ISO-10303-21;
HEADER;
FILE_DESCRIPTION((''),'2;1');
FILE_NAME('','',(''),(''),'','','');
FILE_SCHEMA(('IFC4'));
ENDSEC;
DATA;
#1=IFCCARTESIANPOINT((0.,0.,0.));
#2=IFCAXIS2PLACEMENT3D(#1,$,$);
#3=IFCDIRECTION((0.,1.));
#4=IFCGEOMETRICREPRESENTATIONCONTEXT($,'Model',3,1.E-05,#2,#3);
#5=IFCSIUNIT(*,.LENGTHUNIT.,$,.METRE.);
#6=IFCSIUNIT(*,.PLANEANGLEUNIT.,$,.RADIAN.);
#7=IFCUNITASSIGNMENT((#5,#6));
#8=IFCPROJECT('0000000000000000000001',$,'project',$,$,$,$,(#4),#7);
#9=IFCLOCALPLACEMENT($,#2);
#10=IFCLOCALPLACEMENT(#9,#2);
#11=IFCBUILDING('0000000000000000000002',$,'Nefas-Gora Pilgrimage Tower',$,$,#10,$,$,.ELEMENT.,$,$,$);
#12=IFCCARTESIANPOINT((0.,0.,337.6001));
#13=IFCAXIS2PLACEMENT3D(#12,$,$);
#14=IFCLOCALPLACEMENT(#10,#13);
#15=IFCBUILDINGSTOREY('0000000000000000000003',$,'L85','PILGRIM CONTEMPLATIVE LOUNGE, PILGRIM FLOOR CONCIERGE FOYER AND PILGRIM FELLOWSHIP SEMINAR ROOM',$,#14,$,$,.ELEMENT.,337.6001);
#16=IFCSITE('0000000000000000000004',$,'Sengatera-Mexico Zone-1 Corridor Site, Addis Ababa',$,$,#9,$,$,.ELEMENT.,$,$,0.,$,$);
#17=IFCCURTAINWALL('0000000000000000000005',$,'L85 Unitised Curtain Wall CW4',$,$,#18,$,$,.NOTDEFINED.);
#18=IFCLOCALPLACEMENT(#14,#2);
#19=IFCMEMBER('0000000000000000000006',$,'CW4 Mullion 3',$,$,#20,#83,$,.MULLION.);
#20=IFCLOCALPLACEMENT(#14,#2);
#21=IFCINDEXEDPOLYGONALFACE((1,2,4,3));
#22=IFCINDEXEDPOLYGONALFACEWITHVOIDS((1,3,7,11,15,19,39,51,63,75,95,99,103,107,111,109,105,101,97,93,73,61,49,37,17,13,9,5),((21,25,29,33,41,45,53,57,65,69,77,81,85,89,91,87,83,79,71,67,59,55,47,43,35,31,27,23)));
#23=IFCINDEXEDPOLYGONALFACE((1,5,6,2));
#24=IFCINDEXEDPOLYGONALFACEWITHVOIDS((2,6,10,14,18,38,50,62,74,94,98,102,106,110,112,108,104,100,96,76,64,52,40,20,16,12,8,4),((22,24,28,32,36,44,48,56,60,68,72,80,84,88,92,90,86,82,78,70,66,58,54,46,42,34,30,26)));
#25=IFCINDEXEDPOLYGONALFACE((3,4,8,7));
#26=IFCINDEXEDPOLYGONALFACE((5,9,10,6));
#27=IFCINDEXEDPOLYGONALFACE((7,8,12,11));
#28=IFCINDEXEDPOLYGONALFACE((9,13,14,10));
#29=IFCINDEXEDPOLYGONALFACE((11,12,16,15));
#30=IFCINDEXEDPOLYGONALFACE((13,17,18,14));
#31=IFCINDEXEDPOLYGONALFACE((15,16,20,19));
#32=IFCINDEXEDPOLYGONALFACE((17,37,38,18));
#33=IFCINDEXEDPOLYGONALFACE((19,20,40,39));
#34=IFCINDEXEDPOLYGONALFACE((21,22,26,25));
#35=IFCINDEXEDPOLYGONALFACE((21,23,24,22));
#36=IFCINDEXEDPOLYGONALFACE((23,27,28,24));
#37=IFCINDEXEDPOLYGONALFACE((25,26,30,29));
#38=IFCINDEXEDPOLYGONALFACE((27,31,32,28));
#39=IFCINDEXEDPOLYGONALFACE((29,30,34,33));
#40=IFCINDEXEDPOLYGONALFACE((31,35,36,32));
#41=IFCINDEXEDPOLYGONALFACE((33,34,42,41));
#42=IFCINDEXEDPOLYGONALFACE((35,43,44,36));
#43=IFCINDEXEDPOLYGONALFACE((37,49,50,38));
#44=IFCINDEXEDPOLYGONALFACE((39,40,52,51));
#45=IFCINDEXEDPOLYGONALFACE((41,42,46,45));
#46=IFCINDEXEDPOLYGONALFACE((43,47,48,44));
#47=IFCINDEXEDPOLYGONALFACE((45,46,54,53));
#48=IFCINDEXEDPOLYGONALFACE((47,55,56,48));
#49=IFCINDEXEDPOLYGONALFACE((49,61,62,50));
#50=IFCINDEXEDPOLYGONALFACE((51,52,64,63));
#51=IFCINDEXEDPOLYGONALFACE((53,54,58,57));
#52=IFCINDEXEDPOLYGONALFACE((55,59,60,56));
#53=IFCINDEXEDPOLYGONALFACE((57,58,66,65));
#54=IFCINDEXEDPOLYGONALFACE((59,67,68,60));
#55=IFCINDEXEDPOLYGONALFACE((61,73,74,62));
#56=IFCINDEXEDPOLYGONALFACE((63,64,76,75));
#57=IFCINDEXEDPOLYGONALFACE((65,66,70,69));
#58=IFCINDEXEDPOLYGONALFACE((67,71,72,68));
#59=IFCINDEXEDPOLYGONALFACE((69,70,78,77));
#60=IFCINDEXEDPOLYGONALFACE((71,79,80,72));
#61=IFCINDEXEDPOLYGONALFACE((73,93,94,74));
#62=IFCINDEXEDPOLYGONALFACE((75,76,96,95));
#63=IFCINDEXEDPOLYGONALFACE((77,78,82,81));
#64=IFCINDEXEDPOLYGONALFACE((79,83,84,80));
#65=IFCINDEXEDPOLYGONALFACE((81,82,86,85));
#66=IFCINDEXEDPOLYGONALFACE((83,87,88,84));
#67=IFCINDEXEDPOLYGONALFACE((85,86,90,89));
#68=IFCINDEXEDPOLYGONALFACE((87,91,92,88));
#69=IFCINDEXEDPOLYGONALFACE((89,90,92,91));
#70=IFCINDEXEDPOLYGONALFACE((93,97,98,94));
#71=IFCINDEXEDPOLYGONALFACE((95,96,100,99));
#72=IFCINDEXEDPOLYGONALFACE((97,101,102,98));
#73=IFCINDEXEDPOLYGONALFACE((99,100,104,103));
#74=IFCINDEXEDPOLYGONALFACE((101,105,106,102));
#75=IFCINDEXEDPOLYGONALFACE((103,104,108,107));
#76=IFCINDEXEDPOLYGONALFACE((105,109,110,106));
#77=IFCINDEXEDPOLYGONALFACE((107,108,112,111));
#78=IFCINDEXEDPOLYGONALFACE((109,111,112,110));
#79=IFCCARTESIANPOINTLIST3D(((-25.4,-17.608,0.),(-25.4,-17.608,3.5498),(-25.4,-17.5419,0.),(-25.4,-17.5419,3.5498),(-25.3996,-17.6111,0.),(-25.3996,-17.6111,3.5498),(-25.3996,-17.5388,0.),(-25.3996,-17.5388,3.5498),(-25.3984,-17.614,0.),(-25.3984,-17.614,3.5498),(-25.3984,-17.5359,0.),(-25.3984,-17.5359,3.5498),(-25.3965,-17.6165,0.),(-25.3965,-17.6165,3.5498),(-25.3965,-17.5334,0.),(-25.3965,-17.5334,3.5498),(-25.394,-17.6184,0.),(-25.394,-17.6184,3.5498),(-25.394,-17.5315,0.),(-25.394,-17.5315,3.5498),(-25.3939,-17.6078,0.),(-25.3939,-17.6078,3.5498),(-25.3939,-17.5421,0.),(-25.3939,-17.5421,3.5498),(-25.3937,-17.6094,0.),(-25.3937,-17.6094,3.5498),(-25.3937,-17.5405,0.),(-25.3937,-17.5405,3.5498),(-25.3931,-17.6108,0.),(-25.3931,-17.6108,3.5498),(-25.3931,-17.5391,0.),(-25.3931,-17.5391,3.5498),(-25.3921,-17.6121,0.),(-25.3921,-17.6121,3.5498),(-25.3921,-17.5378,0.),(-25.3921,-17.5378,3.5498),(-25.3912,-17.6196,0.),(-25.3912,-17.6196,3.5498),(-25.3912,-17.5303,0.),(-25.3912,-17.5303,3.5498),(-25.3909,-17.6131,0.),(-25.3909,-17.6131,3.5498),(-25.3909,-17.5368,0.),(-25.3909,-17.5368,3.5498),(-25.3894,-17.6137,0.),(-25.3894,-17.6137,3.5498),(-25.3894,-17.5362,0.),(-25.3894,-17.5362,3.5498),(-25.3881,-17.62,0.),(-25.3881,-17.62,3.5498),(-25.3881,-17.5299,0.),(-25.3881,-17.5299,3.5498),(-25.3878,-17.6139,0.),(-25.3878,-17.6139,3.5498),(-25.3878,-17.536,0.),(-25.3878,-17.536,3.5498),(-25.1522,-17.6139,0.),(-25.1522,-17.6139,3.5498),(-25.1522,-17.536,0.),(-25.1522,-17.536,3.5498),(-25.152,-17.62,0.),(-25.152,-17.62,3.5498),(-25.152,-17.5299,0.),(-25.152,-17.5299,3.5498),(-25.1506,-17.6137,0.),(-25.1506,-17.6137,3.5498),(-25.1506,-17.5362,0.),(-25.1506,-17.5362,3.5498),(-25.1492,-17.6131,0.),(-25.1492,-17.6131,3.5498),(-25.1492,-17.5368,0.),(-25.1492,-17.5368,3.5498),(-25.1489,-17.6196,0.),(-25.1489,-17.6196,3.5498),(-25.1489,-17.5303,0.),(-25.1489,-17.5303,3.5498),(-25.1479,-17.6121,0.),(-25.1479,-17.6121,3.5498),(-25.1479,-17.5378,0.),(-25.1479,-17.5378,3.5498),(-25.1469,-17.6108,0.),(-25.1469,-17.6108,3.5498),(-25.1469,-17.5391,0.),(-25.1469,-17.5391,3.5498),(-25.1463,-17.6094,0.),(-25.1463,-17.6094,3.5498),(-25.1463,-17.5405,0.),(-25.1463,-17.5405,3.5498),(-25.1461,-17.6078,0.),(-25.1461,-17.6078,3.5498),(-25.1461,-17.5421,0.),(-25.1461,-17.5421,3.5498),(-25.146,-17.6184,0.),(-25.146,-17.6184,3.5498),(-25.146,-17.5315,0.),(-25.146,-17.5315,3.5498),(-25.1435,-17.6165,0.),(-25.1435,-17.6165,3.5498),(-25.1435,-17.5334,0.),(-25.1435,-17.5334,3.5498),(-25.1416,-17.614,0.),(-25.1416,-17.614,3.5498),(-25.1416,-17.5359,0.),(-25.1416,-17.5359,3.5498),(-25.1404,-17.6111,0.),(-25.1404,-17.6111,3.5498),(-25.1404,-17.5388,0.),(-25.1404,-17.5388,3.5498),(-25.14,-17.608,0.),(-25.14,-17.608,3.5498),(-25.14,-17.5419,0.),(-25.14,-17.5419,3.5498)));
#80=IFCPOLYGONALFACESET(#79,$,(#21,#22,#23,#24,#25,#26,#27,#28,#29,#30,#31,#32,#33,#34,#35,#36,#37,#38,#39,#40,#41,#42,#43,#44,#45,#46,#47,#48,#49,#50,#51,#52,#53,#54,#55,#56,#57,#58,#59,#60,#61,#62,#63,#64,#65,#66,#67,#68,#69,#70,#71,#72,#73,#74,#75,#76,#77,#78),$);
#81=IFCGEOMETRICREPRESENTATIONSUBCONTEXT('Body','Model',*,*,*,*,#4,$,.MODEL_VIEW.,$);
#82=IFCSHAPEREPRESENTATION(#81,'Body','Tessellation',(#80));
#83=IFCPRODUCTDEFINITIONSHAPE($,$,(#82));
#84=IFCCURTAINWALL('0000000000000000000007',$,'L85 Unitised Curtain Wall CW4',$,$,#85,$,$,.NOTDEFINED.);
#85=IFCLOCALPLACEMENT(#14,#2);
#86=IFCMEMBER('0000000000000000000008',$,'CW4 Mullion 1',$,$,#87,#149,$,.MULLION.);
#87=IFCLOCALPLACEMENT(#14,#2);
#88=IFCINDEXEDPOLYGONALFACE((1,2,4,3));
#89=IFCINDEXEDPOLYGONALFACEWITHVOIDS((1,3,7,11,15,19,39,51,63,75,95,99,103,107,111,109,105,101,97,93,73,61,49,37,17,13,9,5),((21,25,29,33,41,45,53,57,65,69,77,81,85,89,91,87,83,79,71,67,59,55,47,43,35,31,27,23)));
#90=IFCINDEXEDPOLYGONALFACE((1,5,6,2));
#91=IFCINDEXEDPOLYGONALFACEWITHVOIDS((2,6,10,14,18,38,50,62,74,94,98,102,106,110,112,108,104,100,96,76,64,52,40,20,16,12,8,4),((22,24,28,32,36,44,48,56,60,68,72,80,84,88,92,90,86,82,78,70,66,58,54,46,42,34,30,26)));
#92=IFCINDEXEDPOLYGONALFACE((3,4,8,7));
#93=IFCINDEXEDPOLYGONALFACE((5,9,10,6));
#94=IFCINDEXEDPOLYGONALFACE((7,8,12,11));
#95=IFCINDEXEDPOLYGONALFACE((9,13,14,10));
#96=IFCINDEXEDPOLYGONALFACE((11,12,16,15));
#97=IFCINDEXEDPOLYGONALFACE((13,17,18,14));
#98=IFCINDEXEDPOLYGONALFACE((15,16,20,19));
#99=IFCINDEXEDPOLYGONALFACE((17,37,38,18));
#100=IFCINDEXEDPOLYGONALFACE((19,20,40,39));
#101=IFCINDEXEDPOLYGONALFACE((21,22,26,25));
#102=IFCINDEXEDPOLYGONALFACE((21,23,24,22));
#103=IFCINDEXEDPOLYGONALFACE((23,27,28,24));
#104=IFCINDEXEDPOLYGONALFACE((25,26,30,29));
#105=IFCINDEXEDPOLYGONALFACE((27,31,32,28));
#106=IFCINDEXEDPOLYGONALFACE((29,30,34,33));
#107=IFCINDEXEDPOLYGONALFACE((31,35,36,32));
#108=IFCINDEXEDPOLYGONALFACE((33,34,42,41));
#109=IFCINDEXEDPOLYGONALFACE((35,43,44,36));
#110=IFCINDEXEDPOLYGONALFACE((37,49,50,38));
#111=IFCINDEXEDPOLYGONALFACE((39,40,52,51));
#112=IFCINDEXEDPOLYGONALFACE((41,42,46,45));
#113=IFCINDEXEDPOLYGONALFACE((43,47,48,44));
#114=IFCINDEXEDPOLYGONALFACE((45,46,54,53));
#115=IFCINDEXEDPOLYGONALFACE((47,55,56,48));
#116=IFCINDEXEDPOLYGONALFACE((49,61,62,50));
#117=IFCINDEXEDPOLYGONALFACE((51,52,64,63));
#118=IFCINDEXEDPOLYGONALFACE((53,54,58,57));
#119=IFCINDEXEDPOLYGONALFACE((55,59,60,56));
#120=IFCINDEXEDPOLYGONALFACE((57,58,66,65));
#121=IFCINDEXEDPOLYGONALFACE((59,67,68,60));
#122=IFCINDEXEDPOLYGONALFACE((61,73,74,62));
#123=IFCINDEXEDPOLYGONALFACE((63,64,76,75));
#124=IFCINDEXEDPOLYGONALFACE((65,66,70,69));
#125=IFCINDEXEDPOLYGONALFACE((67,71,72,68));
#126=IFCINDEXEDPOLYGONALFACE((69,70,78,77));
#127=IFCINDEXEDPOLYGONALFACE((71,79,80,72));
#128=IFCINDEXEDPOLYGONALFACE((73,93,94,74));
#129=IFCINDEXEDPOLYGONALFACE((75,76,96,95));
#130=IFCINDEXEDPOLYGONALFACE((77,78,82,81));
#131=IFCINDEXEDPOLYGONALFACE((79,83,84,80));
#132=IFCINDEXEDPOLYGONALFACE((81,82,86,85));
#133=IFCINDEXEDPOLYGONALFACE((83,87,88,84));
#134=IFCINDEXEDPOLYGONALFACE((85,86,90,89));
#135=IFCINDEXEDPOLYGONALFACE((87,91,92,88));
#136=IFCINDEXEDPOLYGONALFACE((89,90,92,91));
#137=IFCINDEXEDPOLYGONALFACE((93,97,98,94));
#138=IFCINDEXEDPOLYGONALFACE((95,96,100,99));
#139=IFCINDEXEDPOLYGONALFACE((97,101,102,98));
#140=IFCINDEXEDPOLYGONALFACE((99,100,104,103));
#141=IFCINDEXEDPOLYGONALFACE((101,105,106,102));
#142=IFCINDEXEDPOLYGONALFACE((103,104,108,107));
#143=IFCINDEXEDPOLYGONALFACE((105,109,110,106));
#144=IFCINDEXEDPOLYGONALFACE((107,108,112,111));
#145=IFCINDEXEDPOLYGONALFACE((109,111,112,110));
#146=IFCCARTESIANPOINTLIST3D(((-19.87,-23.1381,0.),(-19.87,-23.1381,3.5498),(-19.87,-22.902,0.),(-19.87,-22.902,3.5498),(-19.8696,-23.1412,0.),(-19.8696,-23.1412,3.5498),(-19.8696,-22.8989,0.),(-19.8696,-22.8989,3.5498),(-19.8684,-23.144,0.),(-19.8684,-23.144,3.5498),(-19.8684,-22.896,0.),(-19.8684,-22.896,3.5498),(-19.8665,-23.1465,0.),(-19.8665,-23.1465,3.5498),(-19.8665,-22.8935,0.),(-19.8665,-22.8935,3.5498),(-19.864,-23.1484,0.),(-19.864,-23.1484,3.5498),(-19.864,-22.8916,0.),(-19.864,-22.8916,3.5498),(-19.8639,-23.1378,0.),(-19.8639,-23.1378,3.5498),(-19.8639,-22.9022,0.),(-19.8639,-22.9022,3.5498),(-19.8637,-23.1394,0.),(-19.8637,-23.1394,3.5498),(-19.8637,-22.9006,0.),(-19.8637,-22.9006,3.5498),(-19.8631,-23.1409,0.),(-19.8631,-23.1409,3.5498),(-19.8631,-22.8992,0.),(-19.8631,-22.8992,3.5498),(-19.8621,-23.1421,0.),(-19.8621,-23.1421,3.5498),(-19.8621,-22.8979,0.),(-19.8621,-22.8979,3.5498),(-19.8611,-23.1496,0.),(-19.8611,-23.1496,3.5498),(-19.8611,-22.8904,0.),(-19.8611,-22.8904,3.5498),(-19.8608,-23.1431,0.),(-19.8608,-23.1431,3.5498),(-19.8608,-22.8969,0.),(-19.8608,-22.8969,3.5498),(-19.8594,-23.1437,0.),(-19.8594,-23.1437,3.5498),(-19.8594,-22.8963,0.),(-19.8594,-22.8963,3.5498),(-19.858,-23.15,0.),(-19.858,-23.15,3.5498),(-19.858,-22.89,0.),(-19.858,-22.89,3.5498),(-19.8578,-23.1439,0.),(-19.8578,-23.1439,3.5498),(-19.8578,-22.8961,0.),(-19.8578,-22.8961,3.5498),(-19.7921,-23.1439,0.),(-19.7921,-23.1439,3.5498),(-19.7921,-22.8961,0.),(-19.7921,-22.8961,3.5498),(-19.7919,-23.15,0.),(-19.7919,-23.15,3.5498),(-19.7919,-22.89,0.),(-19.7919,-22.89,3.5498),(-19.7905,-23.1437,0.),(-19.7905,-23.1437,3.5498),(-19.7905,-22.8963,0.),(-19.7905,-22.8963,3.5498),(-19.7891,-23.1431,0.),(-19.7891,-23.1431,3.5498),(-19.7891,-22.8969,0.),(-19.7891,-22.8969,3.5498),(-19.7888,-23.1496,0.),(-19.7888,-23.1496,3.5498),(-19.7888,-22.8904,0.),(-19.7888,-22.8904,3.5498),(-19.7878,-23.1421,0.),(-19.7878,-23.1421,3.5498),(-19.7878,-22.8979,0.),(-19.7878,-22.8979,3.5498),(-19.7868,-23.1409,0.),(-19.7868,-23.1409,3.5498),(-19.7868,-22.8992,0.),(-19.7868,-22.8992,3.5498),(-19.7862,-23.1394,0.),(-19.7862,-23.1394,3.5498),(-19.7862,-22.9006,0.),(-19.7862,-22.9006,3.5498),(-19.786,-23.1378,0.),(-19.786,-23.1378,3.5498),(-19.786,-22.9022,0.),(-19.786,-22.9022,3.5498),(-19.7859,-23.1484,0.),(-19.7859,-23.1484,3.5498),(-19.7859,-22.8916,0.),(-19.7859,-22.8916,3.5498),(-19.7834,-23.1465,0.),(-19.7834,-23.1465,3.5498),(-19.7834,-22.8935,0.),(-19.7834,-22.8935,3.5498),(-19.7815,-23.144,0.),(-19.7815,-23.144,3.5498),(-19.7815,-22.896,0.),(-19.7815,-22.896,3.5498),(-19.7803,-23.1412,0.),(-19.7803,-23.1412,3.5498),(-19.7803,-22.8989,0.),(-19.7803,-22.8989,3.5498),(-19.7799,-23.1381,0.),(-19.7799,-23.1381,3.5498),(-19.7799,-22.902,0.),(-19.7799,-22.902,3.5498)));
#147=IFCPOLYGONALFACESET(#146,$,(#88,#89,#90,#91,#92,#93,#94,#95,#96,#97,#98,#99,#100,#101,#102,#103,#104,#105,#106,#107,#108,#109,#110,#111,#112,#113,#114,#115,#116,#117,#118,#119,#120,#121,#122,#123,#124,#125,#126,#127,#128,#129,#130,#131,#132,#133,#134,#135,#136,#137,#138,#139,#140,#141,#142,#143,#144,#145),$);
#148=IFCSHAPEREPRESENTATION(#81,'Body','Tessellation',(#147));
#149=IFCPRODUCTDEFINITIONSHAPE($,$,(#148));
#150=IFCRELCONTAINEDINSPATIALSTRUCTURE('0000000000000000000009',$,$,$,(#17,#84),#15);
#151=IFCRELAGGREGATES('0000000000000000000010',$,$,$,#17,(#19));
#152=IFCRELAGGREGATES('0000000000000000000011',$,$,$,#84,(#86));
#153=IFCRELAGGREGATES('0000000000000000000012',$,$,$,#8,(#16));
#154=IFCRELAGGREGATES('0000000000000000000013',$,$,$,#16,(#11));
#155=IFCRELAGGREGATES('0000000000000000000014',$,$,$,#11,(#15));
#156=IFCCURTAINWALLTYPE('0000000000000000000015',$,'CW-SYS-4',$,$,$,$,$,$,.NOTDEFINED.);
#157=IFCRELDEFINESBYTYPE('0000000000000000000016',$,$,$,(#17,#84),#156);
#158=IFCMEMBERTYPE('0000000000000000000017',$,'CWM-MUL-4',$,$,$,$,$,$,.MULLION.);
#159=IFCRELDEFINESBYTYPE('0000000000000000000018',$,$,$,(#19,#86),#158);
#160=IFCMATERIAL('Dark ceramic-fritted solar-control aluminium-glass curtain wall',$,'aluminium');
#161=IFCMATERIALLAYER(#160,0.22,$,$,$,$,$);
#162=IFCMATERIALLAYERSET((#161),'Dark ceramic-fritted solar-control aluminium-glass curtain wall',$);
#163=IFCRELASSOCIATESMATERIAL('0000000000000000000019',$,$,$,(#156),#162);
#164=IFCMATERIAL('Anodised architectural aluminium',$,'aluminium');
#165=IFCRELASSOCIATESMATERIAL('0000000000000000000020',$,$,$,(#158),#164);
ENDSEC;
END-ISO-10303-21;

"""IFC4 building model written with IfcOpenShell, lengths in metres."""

from ifc_helpers import new_model, si_unit, direction, frame, origin, origin_2d, place, context, subcontext, project, spatial, hollow_rectangle, extrude, source, transform, mapped, material, layer, layer_set, material_profile, profile_set, type_object, element, aggregate, save


model = new_model("IFC4")

# Units and contexts
model_context = context("Model", 3, precision=1e-05, world=origin(), true_north=direction((0.0, 1.0)))
body_context = subcontext(model_context, "Body", "Model", "MODEL_VIEW")
ifc_project = project(units=[si_unit("LENGTHUNIT", "METRE"), si_unit("PLANEANGLEUNIT", "RADIAN")], contexts=[model_context])

# Site, building, storey
site_placement = place(None, origin())
site = spatial("IfcSite", under=ifc_project, at=site_placement, Name="Sengatera-Mexico Zone-1 Corridor Site, Addis Ababa", CompositionType="ELEMENT", RefElevation=0.0)
building_placement = place(site_placement, origin())
building = spatial("IfcBuilding", under=site, at=building_placement, Name="Nefas-Gora Pilgrimage Tower", CompositionType="ELEMENT")
storey_placement = place(building_placement, frame((0.0, 0.0, 337.6001)))
storey = spatial("IfcBuildingStorey", under=building, at=storey_placement, Name="L85", Description="PILGRIM CONTEMPLATIVE LOUNGE, PILGRIM FLOOR CONCIERGE FOYER AND PILGRIM FELLOWSHIP SEMINAR ROOM", CompositionType="ELEMENT", Elevation=337.6001)

# Curtain wall, member
ifc_material_1 = material(Name="Dark ceramic-fritted solar-control aluminium-glass curtain wall", Category="aluminium")
ifc_layer_1 = layer(ifc_material_1, 0.22)
ifc_layer_set_1 = layer_set([ifc_layer_1], Name="Dark ceramic-fritted solar-control aluminium-glass curtain wall")
curtain_wall_type = type_object("IfcCurtainWallType", Name="CW-SYS-4", PredefinedType="NOTDEFINED", material=ifc_layer_set_1)
curtain_wall_1_placement = place(storey_placement, origin())
curtain_wall_1 = element("IfcCurtainWall", 1, at=curtain_wall_1_placement, inside=storey, type_object=curtain_wall_type, Name="L85 Unitised Curtain Wall CW4", PredefinedType="NOTDEFINED")
ifc_material_2 = material(Name="Anodised architectural aluminium", Category="aluminium")
ifc_material_profile_1 = material_profile(ifc_material_2, hollow_rectangle(XDim=0.0901, YDim=0.26, WallThickness=0.0061, InnerFilletRadius=0.0061, OuterFilletRadius=0.012, at=origin_2d()), Name="ALU MULLION 90x260")
ifc_profile_set_1 = profile_set([ifc_material_profile_1], Name="Anodised architectural aluminium")
member_type_1 = type_object("IfcMemberType", Name="CWM-MUL-4", PredefinedType="MULLION", material=ifc_profile_set_1)
shared_shape_1 = source(origin(), body_context, "Body", "SweptSolid", [
    extrude(hollow_rectangle(XDim=0.0901, YDim=0.26, WallThickness=0.0061, InnerFilletRadius=0.0061, OuterFilletRadius=0.012, at=origin_2d()), origin(), (0.0, 0.0, 1.0), 3.5498),
])
member_1_placement = place(storey_placement, frame((-25.27, -17.575, 0.0), z_axis=(0.0, 0.0, 1.0), x_axis=(0.0, -1.0, 0.0)))
member_1 = element("IfcMember", 2, at=member_1_placement, type_object=member_type_1, Name="CW4 Mullion 3", PredefinedType="MULLION", context=body_context, shape_type="MappedRepresentation", body=[
    mapped(shared_shape_1, transform((0.0, 0.0, 0.0), x_axis=(1.0, 0.0, 0.0), y_axis=(0.0, 1.0, 0.0), z_axis=(0.0, 0.0, 1.0), scale=1.0)),
])
aggregate(curtain_wall_1, [member_1])

# Curtain wall, member
curtain_wall_2_placement = place(storey_placement, origin())
curtain_wall_2 = element("IfcCurtainWall", 3, at=curtain_wall_2_placement, inside=storey, type_object=curtain_wall_type, Name="L85 Unitised Curtain Wall CW4", PredefinedType="NOTDEFINED")
member_2_placement = place(storey_placement, frame((-19.825, -23.02, 0.0), z_axis=(0.0, 0.0, 1.0), x_axis=(1.0, 0.0, 0.0)))
member_2 = element("IfcMember", 4, at=member_2_placement, type_object=member_type_1, Name="CW4 Mullion 1", PredefinedType="MULLION", context=body_context, shape_type="MappedRepresentation", body=[
    mapped(shared_shape_1, transform((0.0, 0.0, 0.0), x_axis=(1.0, 0.0, 0.0), y_axis=(0.0, 1.0, 0.0), z_axis=(0.0, 0.0, 1.0), scale=1.0)),
])
aggregate(curtain_wall_2, [member_2])

save(model, "model.ifc")
